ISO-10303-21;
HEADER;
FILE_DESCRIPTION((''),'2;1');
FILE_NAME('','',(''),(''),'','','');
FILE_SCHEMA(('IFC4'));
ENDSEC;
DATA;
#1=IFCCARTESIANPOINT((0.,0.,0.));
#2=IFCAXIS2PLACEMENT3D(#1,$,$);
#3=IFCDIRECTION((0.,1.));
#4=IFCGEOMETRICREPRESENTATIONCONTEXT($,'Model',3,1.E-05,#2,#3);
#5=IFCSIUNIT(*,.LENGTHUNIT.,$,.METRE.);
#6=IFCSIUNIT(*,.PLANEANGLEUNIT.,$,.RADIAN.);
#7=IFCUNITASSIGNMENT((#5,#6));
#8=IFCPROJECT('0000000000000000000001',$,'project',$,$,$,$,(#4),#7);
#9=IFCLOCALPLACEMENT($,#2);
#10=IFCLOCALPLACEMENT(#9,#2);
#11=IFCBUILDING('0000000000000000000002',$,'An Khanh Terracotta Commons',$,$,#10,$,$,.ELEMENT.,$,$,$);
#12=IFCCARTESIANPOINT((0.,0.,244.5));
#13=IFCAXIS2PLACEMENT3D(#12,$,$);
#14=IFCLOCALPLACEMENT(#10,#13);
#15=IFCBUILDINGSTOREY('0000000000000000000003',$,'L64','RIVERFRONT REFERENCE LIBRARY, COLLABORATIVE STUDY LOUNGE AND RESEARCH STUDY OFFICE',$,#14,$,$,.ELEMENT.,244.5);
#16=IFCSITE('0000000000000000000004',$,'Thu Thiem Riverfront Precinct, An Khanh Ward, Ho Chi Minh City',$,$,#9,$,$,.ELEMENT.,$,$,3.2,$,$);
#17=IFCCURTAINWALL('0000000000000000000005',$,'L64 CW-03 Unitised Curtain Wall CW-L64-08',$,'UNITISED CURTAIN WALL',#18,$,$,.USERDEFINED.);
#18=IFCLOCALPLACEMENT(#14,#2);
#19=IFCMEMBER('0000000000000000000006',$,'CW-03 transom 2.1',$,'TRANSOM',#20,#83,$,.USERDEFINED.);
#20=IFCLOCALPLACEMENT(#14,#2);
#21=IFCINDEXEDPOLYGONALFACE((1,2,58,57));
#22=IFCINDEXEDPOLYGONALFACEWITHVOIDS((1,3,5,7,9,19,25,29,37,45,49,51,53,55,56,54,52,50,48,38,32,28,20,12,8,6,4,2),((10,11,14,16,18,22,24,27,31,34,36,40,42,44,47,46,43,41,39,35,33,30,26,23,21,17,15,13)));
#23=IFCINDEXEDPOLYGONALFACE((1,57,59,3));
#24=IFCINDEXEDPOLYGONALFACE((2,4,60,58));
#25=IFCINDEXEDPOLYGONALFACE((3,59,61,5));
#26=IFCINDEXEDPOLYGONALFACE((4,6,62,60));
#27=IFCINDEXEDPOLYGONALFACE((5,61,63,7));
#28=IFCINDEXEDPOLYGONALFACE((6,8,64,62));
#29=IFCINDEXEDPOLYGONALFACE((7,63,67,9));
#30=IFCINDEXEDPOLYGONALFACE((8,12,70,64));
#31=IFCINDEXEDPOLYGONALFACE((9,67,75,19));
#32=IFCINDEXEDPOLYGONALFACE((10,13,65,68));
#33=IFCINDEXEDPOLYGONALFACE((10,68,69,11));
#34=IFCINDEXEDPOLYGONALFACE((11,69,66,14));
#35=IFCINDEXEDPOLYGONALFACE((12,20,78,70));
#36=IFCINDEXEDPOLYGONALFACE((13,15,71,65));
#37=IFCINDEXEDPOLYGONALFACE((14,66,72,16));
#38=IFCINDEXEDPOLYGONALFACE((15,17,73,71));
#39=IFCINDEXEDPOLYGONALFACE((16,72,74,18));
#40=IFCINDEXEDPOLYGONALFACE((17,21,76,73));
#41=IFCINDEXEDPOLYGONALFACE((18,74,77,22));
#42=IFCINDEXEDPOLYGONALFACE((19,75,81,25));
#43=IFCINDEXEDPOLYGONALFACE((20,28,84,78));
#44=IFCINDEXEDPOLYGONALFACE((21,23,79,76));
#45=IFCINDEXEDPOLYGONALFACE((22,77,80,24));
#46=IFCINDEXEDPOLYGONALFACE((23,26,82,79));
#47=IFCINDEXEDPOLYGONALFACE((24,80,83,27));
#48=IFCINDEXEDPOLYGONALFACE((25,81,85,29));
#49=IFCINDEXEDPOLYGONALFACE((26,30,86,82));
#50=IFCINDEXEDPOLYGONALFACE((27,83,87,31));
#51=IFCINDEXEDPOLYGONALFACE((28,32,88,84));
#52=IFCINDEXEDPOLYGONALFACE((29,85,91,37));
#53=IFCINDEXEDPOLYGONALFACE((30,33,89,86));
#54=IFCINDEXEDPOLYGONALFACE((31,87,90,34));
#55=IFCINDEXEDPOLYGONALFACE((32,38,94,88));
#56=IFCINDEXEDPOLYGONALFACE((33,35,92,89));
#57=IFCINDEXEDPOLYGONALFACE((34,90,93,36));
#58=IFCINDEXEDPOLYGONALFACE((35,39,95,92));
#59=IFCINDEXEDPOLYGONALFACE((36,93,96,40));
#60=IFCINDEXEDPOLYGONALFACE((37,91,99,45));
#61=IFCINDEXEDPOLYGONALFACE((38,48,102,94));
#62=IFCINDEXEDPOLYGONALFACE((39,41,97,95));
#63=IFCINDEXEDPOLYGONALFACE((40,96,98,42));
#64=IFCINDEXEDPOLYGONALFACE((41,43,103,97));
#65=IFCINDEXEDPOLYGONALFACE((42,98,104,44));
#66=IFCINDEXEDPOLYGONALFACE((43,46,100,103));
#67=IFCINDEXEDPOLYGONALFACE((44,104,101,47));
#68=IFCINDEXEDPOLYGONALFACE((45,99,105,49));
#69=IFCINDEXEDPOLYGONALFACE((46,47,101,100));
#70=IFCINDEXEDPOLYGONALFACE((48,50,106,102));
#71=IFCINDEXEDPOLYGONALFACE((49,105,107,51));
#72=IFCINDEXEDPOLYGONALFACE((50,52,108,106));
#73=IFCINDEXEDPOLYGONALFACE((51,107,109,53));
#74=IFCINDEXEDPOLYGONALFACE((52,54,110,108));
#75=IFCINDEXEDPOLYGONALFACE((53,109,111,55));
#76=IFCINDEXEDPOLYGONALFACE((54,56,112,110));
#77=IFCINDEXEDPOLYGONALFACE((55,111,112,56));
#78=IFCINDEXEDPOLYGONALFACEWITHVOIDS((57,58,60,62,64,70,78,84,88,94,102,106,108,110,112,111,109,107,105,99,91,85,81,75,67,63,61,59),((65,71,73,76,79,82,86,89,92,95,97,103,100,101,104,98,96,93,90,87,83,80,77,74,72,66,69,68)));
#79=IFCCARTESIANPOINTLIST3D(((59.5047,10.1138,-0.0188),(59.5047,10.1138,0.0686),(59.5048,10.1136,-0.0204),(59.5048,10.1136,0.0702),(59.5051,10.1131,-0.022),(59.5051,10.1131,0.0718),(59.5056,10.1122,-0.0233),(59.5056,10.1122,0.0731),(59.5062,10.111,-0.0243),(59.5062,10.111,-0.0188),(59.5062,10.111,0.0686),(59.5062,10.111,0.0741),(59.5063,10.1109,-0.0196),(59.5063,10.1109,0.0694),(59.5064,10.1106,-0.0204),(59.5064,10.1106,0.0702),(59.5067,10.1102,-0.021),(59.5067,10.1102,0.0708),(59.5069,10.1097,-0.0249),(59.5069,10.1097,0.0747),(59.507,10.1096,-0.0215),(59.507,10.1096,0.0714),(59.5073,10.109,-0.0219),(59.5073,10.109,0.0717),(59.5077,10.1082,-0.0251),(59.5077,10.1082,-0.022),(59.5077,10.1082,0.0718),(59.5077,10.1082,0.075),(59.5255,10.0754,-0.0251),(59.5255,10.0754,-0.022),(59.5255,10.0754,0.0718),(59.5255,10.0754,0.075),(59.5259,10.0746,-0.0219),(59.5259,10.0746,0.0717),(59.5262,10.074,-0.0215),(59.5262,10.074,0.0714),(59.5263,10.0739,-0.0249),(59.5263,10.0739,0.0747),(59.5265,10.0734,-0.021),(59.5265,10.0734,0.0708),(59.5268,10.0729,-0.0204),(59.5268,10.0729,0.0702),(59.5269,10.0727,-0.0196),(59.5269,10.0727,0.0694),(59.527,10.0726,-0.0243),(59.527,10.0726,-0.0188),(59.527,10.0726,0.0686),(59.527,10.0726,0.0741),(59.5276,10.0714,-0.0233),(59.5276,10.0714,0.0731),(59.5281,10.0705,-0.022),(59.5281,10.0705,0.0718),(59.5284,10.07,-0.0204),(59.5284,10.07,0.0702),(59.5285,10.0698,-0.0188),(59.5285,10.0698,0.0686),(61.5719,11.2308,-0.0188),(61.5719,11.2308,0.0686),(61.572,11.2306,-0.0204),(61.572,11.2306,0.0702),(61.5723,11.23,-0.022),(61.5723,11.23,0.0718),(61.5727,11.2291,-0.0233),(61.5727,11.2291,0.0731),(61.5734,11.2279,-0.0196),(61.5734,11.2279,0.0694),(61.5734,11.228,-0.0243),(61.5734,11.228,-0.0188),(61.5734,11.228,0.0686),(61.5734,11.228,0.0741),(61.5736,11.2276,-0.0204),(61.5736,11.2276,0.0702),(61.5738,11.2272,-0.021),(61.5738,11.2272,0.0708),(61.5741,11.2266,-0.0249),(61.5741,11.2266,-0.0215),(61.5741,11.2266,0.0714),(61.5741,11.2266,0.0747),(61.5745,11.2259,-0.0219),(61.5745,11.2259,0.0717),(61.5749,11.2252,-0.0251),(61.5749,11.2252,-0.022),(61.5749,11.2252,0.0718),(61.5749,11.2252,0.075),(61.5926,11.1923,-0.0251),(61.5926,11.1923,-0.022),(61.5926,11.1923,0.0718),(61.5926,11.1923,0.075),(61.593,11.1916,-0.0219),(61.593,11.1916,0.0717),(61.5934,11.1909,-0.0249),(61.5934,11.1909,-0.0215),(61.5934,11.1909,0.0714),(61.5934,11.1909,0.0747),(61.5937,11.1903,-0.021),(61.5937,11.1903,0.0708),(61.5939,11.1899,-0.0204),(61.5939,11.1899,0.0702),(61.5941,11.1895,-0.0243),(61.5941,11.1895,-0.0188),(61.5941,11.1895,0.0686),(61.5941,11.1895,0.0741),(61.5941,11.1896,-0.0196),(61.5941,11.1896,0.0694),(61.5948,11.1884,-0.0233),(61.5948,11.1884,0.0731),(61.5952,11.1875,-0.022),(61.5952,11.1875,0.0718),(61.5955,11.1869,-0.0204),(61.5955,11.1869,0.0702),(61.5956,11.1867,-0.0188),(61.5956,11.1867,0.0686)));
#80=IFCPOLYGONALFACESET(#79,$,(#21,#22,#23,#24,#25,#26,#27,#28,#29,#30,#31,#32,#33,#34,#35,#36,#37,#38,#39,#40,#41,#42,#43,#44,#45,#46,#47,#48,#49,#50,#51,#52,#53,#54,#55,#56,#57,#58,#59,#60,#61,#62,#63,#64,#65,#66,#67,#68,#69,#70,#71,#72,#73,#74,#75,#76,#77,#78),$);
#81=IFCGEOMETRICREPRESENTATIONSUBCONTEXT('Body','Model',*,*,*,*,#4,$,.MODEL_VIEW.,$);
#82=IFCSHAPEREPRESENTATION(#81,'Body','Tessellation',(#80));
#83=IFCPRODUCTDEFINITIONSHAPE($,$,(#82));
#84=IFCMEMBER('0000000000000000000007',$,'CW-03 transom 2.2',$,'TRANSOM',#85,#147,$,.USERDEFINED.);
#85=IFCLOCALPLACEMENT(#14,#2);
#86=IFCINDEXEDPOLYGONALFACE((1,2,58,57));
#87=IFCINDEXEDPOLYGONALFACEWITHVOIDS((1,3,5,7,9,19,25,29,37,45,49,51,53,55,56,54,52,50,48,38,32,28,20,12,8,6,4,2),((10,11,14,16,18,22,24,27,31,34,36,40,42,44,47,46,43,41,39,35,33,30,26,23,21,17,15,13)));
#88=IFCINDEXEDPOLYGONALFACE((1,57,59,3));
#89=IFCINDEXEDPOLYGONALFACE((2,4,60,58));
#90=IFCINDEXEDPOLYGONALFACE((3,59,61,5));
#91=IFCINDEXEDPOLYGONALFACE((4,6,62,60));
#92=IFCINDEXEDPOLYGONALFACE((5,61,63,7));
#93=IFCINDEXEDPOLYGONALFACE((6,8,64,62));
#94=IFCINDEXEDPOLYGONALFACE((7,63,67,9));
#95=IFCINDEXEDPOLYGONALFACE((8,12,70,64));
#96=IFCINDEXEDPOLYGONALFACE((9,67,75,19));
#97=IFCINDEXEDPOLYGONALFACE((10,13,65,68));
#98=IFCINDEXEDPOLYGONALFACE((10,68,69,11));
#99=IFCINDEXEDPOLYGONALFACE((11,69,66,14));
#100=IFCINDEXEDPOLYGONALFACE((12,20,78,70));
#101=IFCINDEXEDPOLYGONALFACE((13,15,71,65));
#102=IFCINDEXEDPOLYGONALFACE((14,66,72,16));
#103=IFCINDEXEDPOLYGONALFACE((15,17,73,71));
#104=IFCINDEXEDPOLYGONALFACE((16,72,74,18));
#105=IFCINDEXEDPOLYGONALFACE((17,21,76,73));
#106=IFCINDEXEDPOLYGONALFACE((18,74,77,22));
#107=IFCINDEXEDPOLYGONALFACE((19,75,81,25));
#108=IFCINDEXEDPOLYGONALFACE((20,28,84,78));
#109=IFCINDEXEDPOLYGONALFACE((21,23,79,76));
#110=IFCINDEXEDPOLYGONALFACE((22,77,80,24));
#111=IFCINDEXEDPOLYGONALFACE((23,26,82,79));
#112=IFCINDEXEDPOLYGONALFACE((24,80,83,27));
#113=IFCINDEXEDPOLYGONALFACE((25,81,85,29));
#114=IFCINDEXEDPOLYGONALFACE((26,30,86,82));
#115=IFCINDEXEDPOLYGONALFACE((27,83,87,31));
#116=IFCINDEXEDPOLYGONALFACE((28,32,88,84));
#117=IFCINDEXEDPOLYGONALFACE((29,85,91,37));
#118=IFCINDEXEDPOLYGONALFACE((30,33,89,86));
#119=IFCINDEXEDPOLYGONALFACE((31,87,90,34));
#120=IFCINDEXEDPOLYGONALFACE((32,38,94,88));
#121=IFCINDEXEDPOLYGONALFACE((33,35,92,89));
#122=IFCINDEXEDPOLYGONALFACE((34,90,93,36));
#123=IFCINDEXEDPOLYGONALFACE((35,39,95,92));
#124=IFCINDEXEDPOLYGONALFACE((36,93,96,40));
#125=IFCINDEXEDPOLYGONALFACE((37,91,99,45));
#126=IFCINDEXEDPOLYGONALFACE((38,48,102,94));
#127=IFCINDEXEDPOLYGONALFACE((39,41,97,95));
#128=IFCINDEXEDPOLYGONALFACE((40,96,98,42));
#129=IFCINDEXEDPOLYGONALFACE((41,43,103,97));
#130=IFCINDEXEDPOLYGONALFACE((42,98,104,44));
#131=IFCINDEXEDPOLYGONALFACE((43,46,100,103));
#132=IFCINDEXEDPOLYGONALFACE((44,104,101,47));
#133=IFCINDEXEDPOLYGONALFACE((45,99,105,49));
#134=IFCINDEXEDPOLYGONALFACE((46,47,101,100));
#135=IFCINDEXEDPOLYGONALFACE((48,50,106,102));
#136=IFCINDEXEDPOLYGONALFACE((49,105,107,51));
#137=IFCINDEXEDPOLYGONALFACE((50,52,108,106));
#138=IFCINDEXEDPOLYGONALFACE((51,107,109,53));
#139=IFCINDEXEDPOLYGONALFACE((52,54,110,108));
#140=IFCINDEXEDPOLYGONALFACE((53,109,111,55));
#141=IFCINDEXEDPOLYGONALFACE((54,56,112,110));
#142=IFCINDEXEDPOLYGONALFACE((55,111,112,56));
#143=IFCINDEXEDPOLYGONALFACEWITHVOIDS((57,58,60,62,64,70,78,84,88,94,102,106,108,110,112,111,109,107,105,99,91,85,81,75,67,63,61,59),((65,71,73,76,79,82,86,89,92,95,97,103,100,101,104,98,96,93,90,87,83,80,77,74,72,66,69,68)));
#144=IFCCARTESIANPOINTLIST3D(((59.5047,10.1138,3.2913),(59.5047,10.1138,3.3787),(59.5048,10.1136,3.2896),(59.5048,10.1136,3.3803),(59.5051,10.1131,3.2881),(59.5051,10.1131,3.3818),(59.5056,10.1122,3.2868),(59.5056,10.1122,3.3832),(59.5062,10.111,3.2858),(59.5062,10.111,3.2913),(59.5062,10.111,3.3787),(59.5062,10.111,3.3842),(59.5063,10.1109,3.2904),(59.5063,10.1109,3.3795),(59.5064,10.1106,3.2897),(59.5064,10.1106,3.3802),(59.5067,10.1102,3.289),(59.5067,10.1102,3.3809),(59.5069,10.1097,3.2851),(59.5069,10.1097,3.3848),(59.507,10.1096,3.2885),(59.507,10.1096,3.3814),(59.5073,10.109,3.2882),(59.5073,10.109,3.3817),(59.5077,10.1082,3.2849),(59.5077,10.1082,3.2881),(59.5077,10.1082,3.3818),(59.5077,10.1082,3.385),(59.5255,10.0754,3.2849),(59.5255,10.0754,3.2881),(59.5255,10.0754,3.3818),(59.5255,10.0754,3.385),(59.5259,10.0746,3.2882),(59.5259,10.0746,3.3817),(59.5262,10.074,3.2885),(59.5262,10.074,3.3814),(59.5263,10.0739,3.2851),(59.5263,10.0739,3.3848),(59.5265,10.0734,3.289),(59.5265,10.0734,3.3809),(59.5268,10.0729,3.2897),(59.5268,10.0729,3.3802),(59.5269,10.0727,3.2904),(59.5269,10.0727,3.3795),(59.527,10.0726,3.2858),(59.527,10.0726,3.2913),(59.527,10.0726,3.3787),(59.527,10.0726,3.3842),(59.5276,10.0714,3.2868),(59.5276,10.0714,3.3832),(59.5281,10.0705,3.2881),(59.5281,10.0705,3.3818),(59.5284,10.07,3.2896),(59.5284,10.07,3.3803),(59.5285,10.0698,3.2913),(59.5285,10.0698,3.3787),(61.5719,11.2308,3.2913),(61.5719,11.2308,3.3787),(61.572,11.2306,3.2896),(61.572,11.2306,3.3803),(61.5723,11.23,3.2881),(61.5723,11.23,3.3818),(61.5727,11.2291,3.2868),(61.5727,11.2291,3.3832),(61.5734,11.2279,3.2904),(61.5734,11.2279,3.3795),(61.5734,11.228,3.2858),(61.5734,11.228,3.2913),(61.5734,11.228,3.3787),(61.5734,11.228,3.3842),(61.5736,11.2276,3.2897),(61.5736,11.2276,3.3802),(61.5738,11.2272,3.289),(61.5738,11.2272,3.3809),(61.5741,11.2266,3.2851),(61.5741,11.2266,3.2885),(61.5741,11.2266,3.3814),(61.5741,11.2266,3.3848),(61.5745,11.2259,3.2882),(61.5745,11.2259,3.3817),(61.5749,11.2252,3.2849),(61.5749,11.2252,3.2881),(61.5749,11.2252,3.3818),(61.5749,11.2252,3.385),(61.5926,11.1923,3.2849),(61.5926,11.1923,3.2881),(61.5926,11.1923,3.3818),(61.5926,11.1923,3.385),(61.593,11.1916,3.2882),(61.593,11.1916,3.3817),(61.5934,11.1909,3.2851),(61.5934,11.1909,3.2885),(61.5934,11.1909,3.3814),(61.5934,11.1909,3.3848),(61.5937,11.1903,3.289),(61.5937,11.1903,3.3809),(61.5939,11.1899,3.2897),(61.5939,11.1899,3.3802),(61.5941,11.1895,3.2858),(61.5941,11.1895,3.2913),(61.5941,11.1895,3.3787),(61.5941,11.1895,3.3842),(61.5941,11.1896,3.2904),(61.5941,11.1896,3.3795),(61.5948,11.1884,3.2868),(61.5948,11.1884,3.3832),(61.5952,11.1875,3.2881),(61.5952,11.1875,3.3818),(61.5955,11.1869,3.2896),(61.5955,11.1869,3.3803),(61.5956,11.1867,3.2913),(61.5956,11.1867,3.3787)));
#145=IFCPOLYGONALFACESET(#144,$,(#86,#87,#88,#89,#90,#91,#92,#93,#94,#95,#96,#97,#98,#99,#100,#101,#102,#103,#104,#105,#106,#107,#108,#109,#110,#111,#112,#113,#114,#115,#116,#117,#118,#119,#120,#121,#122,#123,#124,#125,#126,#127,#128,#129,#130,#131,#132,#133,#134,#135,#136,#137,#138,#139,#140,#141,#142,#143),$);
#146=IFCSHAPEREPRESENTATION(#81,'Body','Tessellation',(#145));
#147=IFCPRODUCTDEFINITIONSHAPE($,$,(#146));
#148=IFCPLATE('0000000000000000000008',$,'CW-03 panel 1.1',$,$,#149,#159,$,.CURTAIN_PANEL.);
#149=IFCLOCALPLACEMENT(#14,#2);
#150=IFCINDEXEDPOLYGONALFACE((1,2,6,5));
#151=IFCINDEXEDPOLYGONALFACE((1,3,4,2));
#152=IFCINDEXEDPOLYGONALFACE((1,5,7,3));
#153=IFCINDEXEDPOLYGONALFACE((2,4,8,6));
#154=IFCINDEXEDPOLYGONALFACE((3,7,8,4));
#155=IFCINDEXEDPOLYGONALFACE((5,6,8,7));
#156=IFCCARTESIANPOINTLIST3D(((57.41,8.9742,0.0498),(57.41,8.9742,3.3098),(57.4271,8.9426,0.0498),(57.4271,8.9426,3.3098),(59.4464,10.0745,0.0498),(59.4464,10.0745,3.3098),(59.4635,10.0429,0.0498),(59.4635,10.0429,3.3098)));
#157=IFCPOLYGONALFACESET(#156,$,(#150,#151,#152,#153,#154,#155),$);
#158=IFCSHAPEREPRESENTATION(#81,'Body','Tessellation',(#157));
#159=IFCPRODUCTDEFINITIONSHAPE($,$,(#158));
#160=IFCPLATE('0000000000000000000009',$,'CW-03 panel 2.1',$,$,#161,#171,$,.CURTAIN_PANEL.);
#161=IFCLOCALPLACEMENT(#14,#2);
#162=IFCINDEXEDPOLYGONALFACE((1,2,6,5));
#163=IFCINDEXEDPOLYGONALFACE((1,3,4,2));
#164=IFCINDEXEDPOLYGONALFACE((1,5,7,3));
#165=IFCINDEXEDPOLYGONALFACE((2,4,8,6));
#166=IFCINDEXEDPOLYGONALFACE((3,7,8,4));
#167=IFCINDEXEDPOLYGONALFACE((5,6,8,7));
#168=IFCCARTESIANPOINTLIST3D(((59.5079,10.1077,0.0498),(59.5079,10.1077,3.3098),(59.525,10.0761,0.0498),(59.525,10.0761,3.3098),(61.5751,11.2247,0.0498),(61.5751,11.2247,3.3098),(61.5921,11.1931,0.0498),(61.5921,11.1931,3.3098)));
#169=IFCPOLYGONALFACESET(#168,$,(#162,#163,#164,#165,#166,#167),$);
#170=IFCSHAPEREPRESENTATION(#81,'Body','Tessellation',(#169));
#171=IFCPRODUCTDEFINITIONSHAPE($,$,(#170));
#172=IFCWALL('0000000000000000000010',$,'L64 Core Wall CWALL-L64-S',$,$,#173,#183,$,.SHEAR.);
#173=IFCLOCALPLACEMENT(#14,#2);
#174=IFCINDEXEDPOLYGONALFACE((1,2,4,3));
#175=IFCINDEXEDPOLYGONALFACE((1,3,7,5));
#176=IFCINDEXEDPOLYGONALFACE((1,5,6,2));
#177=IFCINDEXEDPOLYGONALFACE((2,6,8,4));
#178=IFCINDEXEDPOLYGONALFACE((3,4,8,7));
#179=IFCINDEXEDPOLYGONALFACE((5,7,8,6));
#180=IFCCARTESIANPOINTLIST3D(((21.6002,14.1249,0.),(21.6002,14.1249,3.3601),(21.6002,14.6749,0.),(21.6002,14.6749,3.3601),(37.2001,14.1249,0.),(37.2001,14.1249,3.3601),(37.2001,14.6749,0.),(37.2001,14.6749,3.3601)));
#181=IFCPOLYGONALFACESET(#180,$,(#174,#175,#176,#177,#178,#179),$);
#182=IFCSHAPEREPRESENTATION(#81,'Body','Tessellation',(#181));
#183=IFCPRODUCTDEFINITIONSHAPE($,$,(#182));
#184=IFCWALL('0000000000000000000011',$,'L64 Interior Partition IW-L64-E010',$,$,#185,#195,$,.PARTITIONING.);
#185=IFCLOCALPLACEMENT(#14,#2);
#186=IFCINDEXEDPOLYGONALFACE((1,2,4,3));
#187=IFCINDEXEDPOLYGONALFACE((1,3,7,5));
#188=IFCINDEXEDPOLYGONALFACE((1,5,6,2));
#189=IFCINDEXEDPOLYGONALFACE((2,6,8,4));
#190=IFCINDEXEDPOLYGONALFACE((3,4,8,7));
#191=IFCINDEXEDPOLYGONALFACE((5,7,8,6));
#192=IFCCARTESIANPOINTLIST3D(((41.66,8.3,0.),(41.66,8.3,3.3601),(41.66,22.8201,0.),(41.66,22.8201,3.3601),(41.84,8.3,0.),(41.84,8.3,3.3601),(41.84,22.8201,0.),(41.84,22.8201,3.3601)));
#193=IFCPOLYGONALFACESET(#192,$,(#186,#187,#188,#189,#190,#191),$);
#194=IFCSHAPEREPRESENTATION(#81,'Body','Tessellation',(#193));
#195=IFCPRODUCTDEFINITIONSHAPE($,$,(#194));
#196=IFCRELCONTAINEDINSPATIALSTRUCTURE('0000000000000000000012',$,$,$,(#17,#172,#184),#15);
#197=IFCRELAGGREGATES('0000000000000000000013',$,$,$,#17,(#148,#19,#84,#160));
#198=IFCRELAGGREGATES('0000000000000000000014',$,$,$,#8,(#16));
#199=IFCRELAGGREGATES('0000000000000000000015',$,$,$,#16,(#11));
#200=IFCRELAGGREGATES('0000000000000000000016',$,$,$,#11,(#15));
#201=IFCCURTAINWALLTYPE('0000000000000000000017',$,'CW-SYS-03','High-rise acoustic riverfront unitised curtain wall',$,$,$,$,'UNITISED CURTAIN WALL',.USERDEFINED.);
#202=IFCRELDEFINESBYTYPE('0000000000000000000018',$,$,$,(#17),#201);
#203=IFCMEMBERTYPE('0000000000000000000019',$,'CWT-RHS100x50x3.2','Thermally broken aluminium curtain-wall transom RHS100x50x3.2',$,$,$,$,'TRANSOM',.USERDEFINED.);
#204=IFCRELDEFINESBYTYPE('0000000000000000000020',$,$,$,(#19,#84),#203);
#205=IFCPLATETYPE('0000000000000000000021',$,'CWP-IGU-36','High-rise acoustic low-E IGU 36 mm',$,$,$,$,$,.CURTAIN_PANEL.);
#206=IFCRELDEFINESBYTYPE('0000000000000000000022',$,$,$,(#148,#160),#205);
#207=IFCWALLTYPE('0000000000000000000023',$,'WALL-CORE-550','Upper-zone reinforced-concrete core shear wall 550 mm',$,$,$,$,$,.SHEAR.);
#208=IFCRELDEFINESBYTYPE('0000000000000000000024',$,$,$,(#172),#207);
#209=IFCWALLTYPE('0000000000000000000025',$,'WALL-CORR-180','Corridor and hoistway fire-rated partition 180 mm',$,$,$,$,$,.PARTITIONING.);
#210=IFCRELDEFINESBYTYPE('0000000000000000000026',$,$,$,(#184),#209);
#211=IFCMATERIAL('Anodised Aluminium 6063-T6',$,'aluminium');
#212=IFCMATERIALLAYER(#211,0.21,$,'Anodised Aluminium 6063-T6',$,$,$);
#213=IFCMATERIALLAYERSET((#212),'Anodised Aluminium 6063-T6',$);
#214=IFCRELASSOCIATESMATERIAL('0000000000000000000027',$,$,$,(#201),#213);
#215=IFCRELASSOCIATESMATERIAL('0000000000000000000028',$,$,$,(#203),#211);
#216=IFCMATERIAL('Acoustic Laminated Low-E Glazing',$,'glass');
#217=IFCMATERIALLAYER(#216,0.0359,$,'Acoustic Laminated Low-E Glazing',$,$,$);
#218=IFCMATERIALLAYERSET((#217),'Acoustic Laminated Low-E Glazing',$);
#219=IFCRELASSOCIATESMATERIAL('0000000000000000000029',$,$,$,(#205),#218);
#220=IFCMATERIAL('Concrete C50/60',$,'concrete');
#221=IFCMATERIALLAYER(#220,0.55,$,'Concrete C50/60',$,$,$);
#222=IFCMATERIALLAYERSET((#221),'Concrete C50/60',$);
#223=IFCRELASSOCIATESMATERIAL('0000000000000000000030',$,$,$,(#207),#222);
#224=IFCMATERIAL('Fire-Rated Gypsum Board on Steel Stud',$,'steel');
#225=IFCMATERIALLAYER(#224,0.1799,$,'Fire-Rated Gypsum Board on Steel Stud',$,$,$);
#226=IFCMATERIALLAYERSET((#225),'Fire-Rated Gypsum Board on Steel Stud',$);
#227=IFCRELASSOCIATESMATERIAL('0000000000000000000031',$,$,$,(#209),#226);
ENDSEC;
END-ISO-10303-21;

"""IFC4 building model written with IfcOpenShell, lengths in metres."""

from ifc_helpers import new_model, si_unit, direction, frame, frame_2d, origin, origin_2d, place, context, subcontext, project, spatial, rectangle, hollow_rectangle, extrude, material, layer, layer_set, material_profile, profile_set, type_object, element, aggregate, save


model = new_model("IFC4")

# Units and contexts
model_context = context("Model", 3, precision=1e-05, world=origin(), true_north=direction((0.0, 1.0)))
body_context = subcontext(model_context, "Body", "Model", "MODEL_VIEW")
ifc_project = project(units=[si_unit("LENGTHUNIT", "METRE"), si_unit("PLANEANGLEUNIT", "RADIAN")], contexts=[model_context])

# Site, building, storey
site_placement = place(None, origin())
site = spatial("IfcSite", under=ifc_project, at=site_placement, Name="Thu Thiem Riverfront Precinct, An Khanh Ward, Ho Chi Minh City", CompositionType="ELEMENT", RefElevation=3.2)
building_placement = place(site_placement, origin())
building = spatial("IfcBuilding", under=site, at=building_placement, Name="An Khanh Terracotta Commons", CompositionType="ELEMENT")
storey_placement = place(building_placement, frame((0.0, 0.0, 244.5)))
storey = spatial("IfcBuildingStorey", under=building, at=storey_placement, Name="L64", Description="RIVERFRONT REFERENCE LIBRARY, COLLABORATIVE STUDY LOUNGE AND RESEARCH STUDY OFFICE", CompositionType="ELEMENT", Elevation=244.5)

# Curtain wall, members, plates
ifc_material_1 = material(Name="Anodised Aluminium 6063-T6", Category="aluminium")
ifc_layer_1 = layer(ifc_material_1, 0.21, Name="Anodised Aluminium 6063-T6")
ifc_layer_set_1 = layer_set([ifc_layer_1], Name="Anodised Aluminium 6063-T6")
curtain_wall_type = type_object("IfcCurtainWallType", Name="CW-SYS-03", Description="High-rise acoustic riverfront unitised curtain wall", ElementType="UNITISED CURTAIN WALL", PredefinedType="USERDEFINED", material=ifc_layer_set_1)
curtain_wall_placement = place(storey_placement, origin())
curtain_wall = element("IfcCurtainWall", 1, at=curtain_wall_placement, inside=storey, type_object=curtain_wall_type, Name="L64 CW-03 Unitised Curtain Wall CW-L64-08", ObjectType="UNITISED CURTAIN WALL", PredefinedType="USERDEFINED")
ifc_material_profile_1 = material_profile(ifc_material_1, hollow_rectangle(XDim=0.05, YDim=0.1001, WallThickness=0.0032, InnerFilletRadius=0.0032, OuterFilletRadius=0.0063, at=origin_2d()), Name="RHS100x50x3.2")
ifc_profile_set_1 = profile_set([ifc_material_profile_1], Name="Anodised Aluminium 6063-T6")
member_type_1 = type_object("IfcMemberType", Name="CWT-RHS100x50x3.2", Description="Thermally broken aluminium curtain-wall transom RHS100x50x3.2", ElementType="TRANSOM", PredefinedType="USERDEFINED", material=ifc_profile_set_1)
member_1_placement = place(storey_placement, frame((59.5166, 10.0918, 0.0249), z_axis=(0.879783, 0.475376, 0.0), x_axis=(-0.475376, 0.879783, 0.0)))
member_1 = element("IfcMember", 2, at=member_1_placement, type_object=member_type_1, Name="CW-03 transom 2.1", ObjectType="TRANSOM", PredefinedType="USERDEFINED", context=body_context, shape_type="SweptSolid", body=[
    extrude(hollow_rectangle(XDim=0.05, YDim=0.1001, WallThickness=0.0032, InnerFilletRadius=0.0032, OuterFilletRadius=0.0063, at=origin_2d()), origin(), (0.0, 0.0, 1.0), 2.3496),
])
member_2_placement = place(storey_placement, frame((59.5166, 10.0918, 3.335), z_axis=(0.879783, 0.475376, 0.0), x_axis=(-0.475376, 0.879783, 0.0)))
member_2 = element("IfcMember", 3, at=member_2_placement, type_object=member_type_1, Name="CW-03 transom 2.2", ObjectType="TRANSOM", PredefinedType="USERDEFINED", context=body_context, shape_type="SweptSolid", body=[
    extrude(hollow_rectangle(XDim=0.05, YDim=0.1001, WallThickness=0.0032, InnerFilletRadius=0.0032, OuterFilletRadius=0.0063, at=origin_2d()), origin(), (0.0, 0.0, 1.0), 2.3496),
])
ifc_material_2 = material(Name="Acoustic Laminated Low-E Glazing", Category="glass")
ifc_layer_2 = layer(ifc_material_2, 0.0359, Name="Acoustic Laminated Low-E Glazing")
ifc_layer_set_2 = layer_set([ifc_layer_2], Name="Acoustic Laminated Low-E Glazing")
plate_type = type_object("IfcPlateType", Name="CWP-IGU-36", Description="High-rise acoustic low-E IGU 36 mm", PredefinedType="CURTAIN_PANEL", material=ifc_layer_set_2)
plate_1_placement = place(storey_placement, frame((58.4368, 9.5085, 0.0498), z_axis=(0.0, 0.0, 1.0), x_axis=(0.87978, 0.475381, 0.0)))
plate_1 = element("IfcPlate", 4, at=plate_1_placement, type_object=plate_type, Name="CW-03 panel 1.1", PredefinedType="CURTAIN_PANEL", context=body_context, shape_type="SweptSolid", body=[
    extrude(rectangle(XDim=2.3147, YDim=0.0359, at=origin_2d()), origin(), (0.0, 0.0, 1.0), 3.26),
])
plate_2_placement = place(storey_placement, frame((60.55, 10.6504, 0.0498), z_axis=(0.0, 0.0, 1.0), x_axis=(0.87978, 0.475381, 0.0)))
plate_2 = element("IfcPlate", 5, at=plate_2_placement, type_object=plate_type, Name="CW-03 panel 2.1", PredefinedType="CURTAIN_PANEL", context=body_context, shape_type="SweptSolid", body=[
    extrude(rectangle(XDim=2.3496, YDim=0.0359, at=origin_2d()), origin(), (0.0, 0.0, 1.0), 3.26),
])
aggregate(curtain_wall, [plate_1, member_1, member_2, plate_2])

# Wall
ifc_material_3 = material(Name="Concrete C50/60", Category="concrete")
ifc_layer_3 = layer(ifc_material_3, 0.55, Name="Concrete C50/60")
ifc_layer_set_3 = layer_set([ifc_layer_3], Name="Concrete C50/60")
wall_type_1 = type_object("IfcWallType", Name="WALL-CORE-550", Description="Upper-zone reinforced-concrete core shear wall 550 mm", PredefinedType="SHEAR", material=ifc_layer_set_3)
wall_1_placement = place(storey_placement, frame((37.2, 14.3999, 0.0), z_axis=(0.0, 0.0, 1.0), x_axis=(-1.0, 0.0, 0.0)))
element("IfcWall", 6, at=wall_1_placement, inside=storey, type_object=wall_type_1, Name="L64 Core Wall CWALL-L64-S", PredefinedType="SHEAR", context=body_context, shape_type="SweptSolid", body=[
    extrude(rectangle(XDim=15.5999, YDim=0.55, at=frame_2d((7.7998, 0.0))), origin(), (0.0, 0.0, 1.0), 3.3601),
])

# Wall
ifc_material_4 = material(Name="Fire-Rated Gypsum Board on Steel Stud", Category="steel")
ifc_layer_4 = layer(ifc_material_4, 0.1799, Name="Fire-Rated Gypsum Board on Steel Stud")
ifc_layer_set_4 = layer_set([ifc_layer_4], Name="Fire-Rated Gypsum Board on Steel Stud")
wall_type_2 = type_object("IfcWallType", Name="WALL-CORR-180", Description="Corridor and hoistway fire-rated partition 180 mm", PredefinedType="PARTITIONING", material=ifc_layer_set_4)
wall_2_placement = place(storey_placement, frame((41.75, 8.3, 0.0), z_axis=(0.0, 0.0, 1.0), x_axis=(0.0, 1.0, 0.0)))
element("IfcWall", 7, at=wall_2_placement, inside=storey, type_object=wall_type_2, Name="L64 Interior Partition IW-L64-E010", PredefinedType="PARTITIONING", context=body_context, shape_type="SweptSolid", body=[
    extrude(rectangle(XDim=14.52, YDim=0.1799, at=frame_2d((7.26, 0.0))), origin(), (0.0, 0.0, 1.0), 3.3601),
])

save(model, "model.ifc")
